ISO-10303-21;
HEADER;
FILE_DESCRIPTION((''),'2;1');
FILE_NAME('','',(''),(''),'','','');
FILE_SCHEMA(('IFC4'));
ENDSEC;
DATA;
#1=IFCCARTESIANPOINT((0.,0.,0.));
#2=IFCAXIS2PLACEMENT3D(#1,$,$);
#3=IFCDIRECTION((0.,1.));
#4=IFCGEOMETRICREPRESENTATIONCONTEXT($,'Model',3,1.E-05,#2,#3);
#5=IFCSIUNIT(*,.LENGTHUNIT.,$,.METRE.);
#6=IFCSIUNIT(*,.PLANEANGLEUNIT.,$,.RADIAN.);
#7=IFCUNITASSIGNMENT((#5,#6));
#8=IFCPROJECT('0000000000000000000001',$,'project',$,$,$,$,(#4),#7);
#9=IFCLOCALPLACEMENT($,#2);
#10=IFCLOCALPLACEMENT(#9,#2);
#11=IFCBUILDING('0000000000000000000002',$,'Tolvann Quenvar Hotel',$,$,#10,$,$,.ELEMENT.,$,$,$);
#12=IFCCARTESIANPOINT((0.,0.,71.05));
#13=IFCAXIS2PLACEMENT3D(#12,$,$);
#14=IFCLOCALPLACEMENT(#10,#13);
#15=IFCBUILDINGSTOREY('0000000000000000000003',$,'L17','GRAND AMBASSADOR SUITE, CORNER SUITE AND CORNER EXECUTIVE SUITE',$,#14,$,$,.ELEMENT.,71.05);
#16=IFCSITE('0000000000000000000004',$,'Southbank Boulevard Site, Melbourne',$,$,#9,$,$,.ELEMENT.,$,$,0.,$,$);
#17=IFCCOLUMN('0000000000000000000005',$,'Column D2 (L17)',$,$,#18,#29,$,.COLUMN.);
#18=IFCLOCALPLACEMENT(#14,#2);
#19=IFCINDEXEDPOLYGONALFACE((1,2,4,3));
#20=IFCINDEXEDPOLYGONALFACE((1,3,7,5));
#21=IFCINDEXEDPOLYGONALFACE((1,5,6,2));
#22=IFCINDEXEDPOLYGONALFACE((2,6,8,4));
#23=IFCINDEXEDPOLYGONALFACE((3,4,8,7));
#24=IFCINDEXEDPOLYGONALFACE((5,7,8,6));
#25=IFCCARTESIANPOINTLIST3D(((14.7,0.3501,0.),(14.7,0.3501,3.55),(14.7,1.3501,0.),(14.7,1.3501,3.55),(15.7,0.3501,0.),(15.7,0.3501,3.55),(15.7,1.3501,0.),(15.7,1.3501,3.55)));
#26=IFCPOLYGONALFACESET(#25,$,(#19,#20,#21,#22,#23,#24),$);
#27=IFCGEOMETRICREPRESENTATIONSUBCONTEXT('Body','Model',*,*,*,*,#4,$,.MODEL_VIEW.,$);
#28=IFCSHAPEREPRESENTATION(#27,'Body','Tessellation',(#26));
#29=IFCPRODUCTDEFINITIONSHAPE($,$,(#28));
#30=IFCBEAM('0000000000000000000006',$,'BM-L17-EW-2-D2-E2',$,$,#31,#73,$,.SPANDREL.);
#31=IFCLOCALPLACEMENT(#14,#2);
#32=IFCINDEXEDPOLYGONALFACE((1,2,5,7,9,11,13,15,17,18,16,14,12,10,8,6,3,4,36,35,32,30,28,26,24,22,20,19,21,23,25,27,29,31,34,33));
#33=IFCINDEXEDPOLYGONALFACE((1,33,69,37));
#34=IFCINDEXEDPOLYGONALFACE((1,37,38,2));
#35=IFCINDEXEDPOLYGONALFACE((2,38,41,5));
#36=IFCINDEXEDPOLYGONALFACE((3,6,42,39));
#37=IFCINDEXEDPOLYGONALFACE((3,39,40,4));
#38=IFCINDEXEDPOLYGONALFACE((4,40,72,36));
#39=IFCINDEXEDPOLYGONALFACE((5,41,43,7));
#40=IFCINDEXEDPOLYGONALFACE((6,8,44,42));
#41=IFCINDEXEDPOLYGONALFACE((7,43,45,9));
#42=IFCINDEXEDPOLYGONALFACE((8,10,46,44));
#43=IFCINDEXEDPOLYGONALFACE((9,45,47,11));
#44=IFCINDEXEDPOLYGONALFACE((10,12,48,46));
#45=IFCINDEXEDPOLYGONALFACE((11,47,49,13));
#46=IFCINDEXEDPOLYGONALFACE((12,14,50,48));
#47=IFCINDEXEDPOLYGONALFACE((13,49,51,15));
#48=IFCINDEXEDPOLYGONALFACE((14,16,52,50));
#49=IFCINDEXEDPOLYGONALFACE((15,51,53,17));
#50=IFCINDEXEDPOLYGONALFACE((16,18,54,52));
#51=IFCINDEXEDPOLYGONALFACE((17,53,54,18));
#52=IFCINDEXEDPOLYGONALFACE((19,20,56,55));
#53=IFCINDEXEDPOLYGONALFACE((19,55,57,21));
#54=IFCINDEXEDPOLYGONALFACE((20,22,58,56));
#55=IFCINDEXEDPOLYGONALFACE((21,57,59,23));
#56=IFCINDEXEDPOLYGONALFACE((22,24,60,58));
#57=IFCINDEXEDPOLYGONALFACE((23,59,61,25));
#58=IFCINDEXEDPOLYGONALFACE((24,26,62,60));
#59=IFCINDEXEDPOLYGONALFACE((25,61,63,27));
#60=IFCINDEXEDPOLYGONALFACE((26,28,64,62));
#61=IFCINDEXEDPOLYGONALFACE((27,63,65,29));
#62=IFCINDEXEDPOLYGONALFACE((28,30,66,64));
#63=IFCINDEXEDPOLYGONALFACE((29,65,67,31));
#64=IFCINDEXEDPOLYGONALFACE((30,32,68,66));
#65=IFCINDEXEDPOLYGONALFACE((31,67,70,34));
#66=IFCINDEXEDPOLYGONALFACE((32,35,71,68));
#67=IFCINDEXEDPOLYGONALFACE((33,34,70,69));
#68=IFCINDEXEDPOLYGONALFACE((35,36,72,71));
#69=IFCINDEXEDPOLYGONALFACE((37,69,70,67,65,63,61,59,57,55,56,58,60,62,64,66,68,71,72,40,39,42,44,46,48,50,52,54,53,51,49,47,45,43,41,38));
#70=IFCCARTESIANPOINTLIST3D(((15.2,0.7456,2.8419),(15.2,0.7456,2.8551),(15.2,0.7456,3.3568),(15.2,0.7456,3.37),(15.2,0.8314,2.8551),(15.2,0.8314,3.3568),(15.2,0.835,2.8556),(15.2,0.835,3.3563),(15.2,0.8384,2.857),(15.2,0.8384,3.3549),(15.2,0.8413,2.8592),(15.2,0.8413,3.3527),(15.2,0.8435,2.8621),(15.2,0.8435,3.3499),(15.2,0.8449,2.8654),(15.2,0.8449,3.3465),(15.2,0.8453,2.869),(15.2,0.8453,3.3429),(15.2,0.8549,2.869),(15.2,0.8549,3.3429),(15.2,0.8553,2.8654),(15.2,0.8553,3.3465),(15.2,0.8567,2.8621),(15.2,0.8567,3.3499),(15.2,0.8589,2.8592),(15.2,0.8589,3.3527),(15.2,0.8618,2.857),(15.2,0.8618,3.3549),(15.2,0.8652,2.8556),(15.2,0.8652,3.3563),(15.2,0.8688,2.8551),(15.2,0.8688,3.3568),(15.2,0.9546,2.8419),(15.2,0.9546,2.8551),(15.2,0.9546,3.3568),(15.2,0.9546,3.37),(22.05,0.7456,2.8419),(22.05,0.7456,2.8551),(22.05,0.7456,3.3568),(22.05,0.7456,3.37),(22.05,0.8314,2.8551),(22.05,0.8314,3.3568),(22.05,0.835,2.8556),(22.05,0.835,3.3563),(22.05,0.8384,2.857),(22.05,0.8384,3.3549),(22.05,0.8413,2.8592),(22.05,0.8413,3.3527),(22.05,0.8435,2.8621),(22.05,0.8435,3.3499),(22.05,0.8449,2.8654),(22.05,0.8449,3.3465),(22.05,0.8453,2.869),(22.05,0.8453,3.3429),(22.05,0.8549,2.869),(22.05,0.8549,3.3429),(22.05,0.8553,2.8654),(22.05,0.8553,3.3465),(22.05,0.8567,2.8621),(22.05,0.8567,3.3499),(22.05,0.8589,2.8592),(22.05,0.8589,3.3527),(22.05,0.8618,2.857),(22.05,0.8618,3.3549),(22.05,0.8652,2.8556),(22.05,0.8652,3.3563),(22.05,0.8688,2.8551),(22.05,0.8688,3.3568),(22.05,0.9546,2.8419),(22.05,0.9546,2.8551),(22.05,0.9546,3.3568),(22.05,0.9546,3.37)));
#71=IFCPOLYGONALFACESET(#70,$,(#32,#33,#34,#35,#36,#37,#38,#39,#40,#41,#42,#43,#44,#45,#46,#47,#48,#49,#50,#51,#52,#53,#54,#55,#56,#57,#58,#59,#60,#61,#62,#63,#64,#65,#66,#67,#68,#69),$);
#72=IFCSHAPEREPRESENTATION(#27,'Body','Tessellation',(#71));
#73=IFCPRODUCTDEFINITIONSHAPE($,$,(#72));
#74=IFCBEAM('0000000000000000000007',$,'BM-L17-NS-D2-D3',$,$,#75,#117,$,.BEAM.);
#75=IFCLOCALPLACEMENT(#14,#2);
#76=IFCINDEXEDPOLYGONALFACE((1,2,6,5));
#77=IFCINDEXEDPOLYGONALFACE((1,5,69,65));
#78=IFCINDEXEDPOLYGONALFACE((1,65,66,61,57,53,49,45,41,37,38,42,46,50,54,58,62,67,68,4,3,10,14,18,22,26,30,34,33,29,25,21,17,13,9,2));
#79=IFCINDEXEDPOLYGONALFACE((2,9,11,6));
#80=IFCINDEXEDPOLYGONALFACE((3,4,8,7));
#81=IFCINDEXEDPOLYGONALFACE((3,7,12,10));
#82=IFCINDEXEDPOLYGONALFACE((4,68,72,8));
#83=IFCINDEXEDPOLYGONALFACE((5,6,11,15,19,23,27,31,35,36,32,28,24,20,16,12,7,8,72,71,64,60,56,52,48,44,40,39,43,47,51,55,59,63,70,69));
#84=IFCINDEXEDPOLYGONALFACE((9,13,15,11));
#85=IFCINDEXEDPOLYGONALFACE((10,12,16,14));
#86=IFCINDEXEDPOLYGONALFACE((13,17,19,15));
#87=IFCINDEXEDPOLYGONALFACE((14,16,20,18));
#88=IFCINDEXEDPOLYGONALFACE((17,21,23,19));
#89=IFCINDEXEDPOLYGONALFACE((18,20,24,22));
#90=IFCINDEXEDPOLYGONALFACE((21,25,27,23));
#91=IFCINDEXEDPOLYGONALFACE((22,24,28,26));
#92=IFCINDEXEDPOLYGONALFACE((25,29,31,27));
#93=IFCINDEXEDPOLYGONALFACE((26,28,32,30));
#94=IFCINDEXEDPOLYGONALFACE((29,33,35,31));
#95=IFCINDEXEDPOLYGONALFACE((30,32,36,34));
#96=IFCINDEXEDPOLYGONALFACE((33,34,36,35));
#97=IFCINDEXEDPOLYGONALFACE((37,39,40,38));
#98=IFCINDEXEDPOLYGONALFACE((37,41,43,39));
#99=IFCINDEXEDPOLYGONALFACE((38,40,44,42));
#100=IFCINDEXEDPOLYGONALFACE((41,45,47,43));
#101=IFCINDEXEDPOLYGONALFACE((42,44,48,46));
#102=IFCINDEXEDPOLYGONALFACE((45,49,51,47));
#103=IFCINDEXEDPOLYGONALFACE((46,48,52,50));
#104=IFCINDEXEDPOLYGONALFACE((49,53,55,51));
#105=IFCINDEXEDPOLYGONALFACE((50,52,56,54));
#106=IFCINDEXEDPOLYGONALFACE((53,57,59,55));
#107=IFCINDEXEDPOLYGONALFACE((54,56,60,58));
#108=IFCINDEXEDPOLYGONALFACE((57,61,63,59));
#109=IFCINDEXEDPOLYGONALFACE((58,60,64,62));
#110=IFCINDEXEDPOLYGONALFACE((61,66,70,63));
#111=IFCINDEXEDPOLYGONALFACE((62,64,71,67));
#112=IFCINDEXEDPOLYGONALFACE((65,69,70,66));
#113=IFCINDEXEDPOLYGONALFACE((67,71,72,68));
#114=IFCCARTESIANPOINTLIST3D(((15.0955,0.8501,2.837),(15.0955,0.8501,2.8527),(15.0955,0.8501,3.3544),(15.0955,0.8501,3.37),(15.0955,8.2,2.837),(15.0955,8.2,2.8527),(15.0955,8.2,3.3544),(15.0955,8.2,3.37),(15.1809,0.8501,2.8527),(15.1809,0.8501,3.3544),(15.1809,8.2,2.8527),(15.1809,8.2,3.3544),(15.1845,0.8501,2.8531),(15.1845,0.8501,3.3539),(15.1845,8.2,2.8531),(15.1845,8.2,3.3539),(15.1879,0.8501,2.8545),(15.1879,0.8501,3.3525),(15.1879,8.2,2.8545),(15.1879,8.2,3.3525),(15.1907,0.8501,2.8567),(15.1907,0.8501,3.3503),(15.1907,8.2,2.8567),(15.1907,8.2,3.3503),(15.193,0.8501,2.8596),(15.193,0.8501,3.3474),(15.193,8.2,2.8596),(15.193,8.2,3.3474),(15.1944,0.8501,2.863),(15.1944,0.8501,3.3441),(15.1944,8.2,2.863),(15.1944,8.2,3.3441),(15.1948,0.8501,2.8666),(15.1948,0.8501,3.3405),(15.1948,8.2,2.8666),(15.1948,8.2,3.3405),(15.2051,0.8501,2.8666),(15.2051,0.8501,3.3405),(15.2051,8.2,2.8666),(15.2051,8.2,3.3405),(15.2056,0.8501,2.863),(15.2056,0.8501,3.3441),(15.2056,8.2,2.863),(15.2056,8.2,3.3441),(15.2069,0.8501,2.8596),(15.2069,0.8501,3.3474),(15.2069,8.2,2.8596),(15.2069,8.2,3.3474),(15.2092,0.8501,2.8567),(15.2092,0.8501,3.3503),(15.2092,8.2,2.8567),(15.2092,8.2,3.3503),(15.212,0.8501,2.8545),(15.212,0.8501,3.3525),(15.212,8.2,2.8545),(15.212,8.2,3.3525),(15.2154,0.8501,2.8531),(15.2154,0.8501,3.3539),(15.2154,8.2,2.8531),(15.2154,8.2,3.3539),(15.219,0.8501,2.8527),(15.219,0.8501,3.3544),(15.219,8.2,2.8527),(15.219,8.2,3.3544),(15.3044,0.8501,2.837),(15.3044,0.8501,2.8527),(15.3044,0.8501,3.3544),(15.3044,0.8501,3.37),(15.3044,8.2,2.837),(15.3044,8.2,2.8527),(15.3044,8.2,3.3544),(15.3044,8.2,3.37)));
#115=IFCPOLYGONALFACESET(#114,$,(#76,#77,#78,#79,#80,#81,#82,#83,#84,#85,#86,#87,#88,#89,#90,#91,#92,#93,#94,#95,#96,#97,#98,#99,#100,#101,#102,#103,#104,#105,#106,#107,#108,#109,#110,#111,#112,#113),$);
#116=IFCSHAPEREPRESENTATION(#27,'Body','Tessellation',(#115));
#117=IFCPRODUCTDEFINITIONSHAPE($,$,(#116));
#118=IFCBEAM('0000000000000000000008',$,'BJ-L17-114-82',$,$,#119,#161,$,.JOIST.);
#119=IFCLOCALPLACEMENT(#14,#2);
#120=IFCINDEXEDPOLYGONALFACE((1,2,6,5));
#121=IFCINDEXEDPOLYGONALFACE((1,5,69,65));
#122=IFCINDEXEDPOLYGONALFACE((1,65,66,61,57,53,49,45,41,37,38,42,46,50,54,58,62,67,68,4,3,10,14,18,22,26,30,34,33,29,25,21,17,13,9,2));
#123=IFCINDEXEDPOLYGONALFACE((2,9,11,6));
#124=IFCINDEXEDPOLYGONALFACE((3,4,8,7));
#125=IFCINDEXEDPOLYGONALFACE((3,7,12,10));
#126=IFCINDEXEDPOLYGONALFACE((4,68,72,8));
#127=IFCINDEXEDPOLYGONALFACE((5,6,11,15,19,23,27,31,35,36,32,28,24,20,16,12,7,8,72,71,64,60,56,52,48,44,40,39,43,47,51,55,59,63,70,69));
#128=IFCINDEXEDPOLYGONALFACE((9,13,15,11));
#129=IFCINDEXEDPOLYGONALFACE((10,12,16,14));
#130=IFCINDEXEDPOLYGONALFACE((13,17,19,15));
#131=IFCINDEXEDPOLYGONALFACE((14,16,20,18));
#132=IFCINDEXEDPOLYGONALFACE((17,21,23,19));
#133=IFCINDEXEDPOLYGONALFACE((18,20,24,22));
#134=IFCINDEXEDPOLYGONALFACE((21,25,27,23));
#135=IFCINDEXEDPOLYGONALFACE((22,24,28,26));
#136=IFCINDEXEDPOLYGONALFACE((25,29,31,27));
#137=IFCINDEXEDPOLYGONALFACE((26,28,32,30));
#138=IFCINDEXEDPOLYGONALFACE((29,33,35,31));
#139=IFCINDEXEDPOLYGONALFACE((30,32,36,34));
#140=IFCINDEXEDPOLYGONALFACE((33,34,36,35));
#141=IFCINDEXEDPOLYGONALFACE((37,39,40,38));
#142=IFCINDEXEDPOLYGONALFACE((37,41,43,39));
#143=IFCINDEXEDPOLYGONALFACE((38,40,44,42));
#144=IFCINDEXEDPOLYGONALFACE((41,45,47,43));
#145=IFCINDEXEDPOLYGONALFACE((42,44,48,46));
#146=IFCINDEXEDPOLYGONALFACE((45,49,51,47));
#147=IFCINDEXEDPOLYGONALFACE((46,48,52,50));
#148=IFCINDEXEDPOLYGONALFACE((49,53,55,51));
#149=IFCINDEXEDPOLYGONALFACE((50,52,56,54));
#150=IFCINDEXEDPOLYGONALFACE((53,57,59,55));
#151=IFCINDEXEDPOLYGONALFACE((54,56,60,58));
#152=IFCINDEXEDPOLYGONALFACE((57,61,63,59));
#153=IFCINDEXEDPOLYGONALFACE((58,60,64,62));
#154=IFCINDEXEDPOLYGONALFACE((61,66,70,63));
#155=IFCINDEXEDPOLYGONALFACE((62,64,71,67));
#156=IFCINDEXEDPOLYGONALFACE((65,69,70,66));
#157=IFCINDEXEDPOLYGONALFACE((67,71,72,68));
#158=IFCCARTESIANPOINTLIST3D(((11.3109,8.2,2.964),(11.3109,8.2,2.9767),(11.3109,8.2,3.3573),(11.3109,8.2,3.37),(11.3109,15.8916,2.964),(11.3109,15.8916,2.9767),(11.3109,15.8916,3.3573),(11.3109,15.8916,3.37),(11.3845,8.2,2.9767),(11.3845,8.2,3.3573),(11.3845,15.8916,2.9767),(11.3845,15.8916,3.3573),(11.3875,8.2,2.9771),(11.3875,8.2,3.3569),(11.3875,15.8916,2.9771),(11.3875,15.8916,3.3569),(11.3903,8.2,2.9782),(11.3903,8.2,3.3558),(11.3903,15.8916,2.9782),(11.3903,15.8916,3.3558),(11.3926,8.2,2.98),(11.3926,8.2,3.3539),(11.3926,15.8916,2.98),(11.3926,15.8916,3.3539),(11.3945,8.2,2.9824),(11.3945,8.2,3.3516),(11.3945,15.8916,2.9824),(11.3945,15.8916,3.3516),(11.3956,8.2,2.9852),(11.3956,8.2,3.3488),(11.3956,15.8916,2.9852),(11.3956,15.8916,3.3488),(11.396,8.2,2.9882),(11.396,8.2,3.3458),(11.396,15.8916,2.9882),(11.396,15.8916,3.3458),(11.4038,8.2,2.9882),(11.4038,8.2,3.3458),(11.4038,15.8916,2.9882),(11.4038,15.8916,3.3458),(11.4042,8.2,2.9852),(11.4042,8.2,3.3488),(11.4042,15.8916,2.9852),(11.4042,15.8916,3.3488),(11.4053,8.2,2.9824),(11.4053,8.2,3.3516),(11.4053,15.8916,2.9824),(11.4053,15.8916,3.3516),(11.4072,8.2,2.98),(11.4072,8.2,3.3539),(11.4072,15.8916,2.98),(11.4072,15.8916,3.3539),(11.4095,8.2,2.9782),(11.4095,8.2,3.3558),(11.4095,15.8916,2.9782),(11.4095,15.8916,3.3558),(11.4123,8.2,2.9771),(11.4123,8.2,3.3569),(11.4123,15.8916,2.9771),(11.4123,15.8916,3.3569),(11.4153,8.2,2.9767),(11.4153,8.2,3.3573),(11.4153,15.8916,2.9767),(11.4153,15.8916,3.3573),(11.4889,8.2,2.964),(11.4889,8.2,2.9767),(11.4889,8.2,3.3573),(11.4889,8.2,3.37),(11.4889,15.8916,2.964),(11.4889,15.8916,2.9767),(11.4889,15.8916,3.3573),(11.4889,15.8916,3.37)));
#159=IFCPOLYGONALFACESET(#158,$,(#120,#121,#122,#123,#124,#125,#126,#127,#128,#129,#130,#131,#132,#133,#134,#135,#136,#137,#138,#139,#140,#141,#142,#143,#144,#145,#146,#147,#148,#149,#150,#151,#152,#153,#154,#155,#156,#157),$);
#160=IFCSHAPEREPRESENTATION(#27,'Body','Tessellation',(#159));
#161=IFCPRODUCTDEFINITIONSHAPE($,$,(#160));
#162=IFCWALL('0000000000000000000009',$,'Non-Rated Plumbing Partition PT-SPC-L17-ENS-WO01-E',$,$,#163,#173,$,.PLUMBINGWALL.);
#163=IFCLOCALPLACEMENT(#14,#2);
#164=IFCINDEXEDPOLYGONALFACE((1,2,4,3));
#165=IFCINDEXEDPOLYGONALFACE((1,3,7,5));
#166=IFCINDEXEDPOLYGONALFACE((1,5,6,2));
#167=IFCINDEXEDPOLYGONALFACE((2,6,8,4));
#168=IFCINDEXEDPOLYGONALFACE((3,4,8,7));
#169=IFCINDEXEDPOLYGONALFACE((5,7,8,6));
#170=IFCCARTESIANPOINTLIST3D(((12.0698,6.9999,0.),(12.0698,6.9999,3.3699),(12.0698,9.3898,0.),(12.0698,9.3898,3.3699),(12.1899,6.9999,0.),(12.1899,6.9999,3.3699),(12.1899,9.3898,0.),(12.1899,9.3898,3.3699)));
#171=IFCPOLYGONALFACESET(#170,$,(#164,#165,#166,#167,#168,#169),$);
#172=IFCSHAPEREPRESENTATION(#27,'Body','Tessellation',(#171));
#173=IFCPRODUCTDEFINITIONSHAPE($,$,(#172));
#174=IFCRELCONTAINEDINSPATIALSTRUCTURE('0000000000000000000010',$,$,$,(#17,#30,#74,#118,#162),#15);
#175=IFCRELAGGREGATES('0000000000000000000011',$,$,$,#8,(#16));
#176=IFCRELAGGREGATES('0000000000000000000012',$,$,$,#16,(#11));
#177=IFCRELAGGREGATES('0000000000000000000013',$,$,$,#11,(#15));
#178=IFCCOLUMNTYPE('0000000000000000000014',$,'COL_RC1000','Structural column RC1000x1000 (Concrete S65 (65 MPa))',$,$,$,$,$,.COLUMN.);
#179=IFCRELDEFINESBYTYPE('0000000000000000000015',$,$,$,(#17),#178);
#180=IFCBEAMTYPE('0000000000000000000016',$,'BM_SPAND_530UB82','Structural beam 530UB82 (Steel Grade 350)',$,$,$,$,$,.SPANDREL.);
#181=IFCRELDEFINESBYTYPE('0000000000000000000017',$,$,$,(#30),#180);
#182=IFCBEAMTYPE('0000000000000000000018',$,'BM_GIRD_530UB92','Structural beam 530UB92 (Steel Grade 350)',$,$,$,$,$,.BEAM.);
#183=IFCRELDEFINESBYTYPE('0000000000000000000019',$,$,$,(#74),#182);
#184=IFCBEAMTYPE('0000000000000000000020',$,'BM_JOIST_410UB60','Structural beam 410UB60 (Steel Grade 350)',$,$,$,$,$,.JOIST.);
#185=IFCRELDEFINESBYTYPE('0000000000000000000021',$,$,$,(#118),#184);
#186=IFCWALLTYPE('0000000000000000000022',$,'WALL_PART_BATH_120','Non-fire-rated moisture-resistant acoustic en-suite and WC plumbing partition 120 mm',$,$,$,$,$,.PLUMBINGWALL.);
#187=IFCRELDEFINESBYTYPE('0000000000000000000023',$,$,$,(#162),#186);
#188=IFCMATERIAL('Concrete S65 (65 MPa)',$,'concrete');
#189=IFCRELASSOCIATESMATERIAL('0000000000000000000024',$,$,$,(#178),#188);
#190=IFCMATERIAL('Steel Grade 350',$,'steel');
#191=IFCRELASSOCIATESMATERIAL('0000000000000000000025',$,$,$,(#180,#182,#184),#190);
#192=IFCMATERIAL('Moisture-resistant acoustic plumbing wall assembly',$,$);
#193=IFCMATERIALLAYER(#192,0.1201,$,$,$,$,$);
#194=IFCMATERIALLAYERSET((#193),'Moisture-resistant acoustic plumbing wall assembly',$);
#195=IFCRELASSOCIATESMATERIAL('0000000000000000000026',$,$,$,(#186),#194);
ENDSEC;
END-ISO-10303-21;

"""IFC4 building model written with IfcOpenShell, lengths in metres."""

from ifc_helpers import new_model, si_unit, direction, frame, frame_2d, origin, origin_2d, place, context, subcontext, project, spatial, rectangle, i_section, extrude, source, transform, mapped, material, layer, layer_set, material_profile, profile_set, type_object, type_shapes, element, save


model = new_model("IFC4")

# Units and contexts
model_context = context("Model", 3, precision=1e-05, world=origin(), true_north=direction((0.0, 1.0)))
body_context = subcontext(model_context, "Body", "Model", "MODEL_VIEW")
ifc_project = project(units=[si_unit("LENGTHUNIT", "METRE"), si_unit("PLANEANGLEUNIT", "RADIAN")], contexts=[model_context])

# Site, building, storey
site_placement = place(None, origin())
site = spatial("IfcSite", under=ifc_project, at=site_placement, Name="Southbank Boulevard Site, Melbourne", CompositionType="ELEMENT", RefElevation=0.0)
building_placement = place(site_placement, origin())
building = spatial("IfcBuilding", under=site, at=building_placement, Name="Tolvann Quenvar Hotel", CompositionType="ELEMENT")
storey_placement = place(building_placement, frame((0.0, 0.0, 71.05)))
storey = spatial("IfcBuildingStorey", under=building, at=storey_placement, Name="L17", Description="GRAND AMBASSADOR SUITE, CORNER SUITE AND CORNER EXECUTIVE SUITE", CompositionType="ELEMENT", Elevation=71.05)

# Column
ifc_material_1 = material(Name="Concrete S65 (65 MPa)", Category="concrete")
ifc_material_profile_1 = material_profile(ifc_material_1, rectangle(XDim=1.0, YDim=1.0, at=origin_2d()), Name="RC1000x1000")
ifc_profile_set_1 = profile_set([ifc_material_profile_1], Name="Concrete S65 (65 MPa)")
column_type = type_object("IfcColumnType", Name="COL_RC1000", Description="Structural column RC1000x1000 (Concrete S65 (65 MPa))", PredefinedType="COLUMN", material=ifc_profile_set_1)
shared_shape_1 = source(origin(), body_context, "Body", "SweptSolid", [
    extrude(rectangle(XDim=1.0, YDim=1.0, at=origin_2d()), origin(), (0.0, 0.0, 1.0), 3.55),
])
type_shapes(column_type, [shared_shape_1])
column_placement = place(storey_placement, frame((15.2, 0.8501, 0.0), z_axis=(0.0, 0.0, 1.0), x_axis=(1.0, 0.0, 0.0)))
element("IfcColumn", 1, at=column_placement, inside=storey, type_object=column_type, Name="Column D2 (L17)", PredefinedType="COLUMN", context=body_context, shape_type="MappedRepresentation", body=[
    mapped(shared_shape_1, transform((0.0, 0.0, 0.0), x_axis=(1.0, 0.0, 0.0), y_axis=(0.0, 1.0, 0.0), z_axis=(0.0, 0.0, 1.0), scale=1.0)),
])

# Beams
ifc_material_2 = material(Name="Steel Grade 350", Category="steel")
ifc_material_profile_2 = material_profile(ifc_material_2, i_section(OverallWidth=0.209, OverallDepth=0.5281, WebThickness=0.0095, FlangeThickness=0.0132, FilletRadius=0.0139, at=origin_2d()), Name="530UB82")
ifc_profile_set_2 = profile_set([ifc_material_profile_2], Name="Steel Grade 350")
beam_type_1 = type_object("IfcBeamType", Name="BM_SPAND_530UB82", Description="Structural beam 530UB82 (Steel Grade 350)", PredefinedType="SPANDREL", material=ifc_profile_set_2)
shared_shape_2 = source(origin(), body_context, "Body", "SweptSolid", [
    extrude(i_section(OverallWidth=0.209, OverallDepth=0.5281, WebThickness=0.0095, FlangeThickness=0.0132, FilletRadius=0.0139, at=origin_2d()), origin(), (0.0, 0.0, 1.0), 6.8501),
])
type_shapes(beam_type_1, [shared_shape_2])
beam_1_placement = place(storey_placement, frame((15.2, 0.8501, 3.106), z_axis=(1.0, 0.0, 0.0), x_axis=(0.0, 1.0, 0.0)))
element("IfcBeam", 2, at=beam_1_placement, inside=storey, type_object=beam_type_1, Name="BM-L17-EW-2-D2-E2", PredefinedType="SPANDREL", context=body_context, shape_type="MappedRepresentation", body=[
    mapped(shared_shape_2, transform((0.0, 0.0, 0.0), x_axis=(1.0, 0.0, 0.0), y_axis=(0.0, 1.0, 0.0), z_axis=(0.0, 0.0, 1.0), scale=1.0)),
])
ifc_material_profile_3 = material_profile(ifc_material_2, i_section(OverallWidth=0.209, OverallDepth=0.533, WebThickness=0.0103, FlangeThickness=0.0156, FilletRadius=0.0139, at=origin_2d()), Name="530UB92")
ifc_profile_set_3 = profile_set([ifc_material_profile_3], Name="Steel Grade 350")
beam_type_2 = type_object("IfcBeamType", Name="BM_GIRD_530UB92", Description="Structural beam 530UB92 (Steel Grade 350)", PredefinedType="BEAM", material=ifc_profile_set_3)
shared_shape_3 = source(origin(), body_context, "Body", "SweptSolid", [
    extrude(i_section(OverallWidth=0.209, OverallDepth=0.533, WebThickness=0.0103, FlangeThickness=0.0156, FilletRadius=0.0139, at=origin_2d()), origin(), (0.0, 0.0, 1.0), 7.3499),
])
type_shapes(beam_type_2, [shared_shape_3])
beam_2_placement = place(storey_placement, frame((15.2, 0.8501, 3.1035), z_axis=(0.0, 1.0, 0.0), x_axis=(-1.0, 0.0, 0.0)))
element("IfcBeam", 3, at=beam_2_placement, inside=storey, type_object=beam_type_2, Name="BM-L17-NS-D2-D3", PredefinedType="BEAM", context=body_context, shape_type="MappedRepresentation", body=[
    mapped(shared_shape_3, transform((0.0, 0.0, 0.0), x_axis=(1.0, 0.0, 0.0), y_axis=(0.0, 1.0, 0.0), z_axis=(0.0, 0.0, 1.0), scale=1.0)),
])
ifc_material_profile_4 = material_profile(ifc_material_2, i_section(OverallWidth=0.178, OverallDepth=0.406, WebThickness=0.0078, FlangeThickness=0.0127, FilletRadius=0.0115, at=origin_2d()), Name="410UB60")
ifc_profile_set_4 = profile_set([ifc_material_profile_4], Name="Steel Grade 350")
beam_type_3 = type_object("IfcBeamType", Name="BM_JOIST_410UB60", Description="Structural beam 410UB60 (Steel Grade 350)", PredefinedType="JOIST", material=ifc_profile_set_4)
shared_shape_4 = source(origin(), body_context, "Body", "SweptSolid", [
    extrude(i_section(OverallWidth=0.178, OverallDepth=0.406, WebThickness=0.0078, FlangeThickness=0.0127, FilletRadius=0.0115, at=origin_2d()), origin(), (0.0, 0.0, 1.0), 7.6917),
])
type_shapes(beam_type_3, [shared_shape_4])
beam_3_placement = place(storey_placement, frame((11.3999, 8.2, 3.167), z_axis=(0.0, 1.0, 0.0), x_axis=(-1.0, 0.0, 0.0)))
element("IfcBeam", 4, at=beam_3_placement, inside=storey, type_object=beam_type_3, Name="BJ-L17-114-82", PredefinedType="JOIST", context=body_context, shape_type="MappedRepresentation", body=[
    mapped(shared_shape_4, transform((0.0, 0.0, 0.0), x_axis=(1.0, 0.0, 0.0), y_axis=(0.0, 1.0, 0.0), z_axis=(0.0, 0.0, 1.0), scale=1.0)),
])

# Wall
ifc_material_3 = material(Name="Moisture-resistant acoustic plumbing wall assembly")
ifc_layer_1 = layer(ifc_material_3, 0.1201)
ifc_layer_set_1 = layer_set([ifc_layer_1], Name="Moisture-resistant acoustic plumbing wall assembly")
wall_type_1 = type_object("IfcWallType", Name="WALL_PART_BATH_120", Description="Non-fire-rated moisture-resistant acoustic en-suite and WC plumbing partition 120 mm", PredefinedType="PLUMBINGWALL", material=ifc_layer_set_1)
wall_1_placement = place(storey_placement, frame((12.1299, 7.0, 0.0), z_axis=(0.0, 0.0, 1.0), x_axis=(0.0, 1.0, 0.0)))
element("IfcWall", 5, at=wall_1_placement, inside=storey, type_object=wall_type_1, Name="Non-Rated Plumbing Partition PT-SPC-L17-ENS-WO01-E", PredefinedType="PLUMBINGWALL", context=body_context, shape_type="SweptSolid", body=[
    extrude(rectangle(XDim=2.3899, YDim=0.1201, at=frame_2d((1.1948, 0.0))), origin(), (0.0, 0.0, 1.0), 3.3699),
])

save(model, "model.ifc")
